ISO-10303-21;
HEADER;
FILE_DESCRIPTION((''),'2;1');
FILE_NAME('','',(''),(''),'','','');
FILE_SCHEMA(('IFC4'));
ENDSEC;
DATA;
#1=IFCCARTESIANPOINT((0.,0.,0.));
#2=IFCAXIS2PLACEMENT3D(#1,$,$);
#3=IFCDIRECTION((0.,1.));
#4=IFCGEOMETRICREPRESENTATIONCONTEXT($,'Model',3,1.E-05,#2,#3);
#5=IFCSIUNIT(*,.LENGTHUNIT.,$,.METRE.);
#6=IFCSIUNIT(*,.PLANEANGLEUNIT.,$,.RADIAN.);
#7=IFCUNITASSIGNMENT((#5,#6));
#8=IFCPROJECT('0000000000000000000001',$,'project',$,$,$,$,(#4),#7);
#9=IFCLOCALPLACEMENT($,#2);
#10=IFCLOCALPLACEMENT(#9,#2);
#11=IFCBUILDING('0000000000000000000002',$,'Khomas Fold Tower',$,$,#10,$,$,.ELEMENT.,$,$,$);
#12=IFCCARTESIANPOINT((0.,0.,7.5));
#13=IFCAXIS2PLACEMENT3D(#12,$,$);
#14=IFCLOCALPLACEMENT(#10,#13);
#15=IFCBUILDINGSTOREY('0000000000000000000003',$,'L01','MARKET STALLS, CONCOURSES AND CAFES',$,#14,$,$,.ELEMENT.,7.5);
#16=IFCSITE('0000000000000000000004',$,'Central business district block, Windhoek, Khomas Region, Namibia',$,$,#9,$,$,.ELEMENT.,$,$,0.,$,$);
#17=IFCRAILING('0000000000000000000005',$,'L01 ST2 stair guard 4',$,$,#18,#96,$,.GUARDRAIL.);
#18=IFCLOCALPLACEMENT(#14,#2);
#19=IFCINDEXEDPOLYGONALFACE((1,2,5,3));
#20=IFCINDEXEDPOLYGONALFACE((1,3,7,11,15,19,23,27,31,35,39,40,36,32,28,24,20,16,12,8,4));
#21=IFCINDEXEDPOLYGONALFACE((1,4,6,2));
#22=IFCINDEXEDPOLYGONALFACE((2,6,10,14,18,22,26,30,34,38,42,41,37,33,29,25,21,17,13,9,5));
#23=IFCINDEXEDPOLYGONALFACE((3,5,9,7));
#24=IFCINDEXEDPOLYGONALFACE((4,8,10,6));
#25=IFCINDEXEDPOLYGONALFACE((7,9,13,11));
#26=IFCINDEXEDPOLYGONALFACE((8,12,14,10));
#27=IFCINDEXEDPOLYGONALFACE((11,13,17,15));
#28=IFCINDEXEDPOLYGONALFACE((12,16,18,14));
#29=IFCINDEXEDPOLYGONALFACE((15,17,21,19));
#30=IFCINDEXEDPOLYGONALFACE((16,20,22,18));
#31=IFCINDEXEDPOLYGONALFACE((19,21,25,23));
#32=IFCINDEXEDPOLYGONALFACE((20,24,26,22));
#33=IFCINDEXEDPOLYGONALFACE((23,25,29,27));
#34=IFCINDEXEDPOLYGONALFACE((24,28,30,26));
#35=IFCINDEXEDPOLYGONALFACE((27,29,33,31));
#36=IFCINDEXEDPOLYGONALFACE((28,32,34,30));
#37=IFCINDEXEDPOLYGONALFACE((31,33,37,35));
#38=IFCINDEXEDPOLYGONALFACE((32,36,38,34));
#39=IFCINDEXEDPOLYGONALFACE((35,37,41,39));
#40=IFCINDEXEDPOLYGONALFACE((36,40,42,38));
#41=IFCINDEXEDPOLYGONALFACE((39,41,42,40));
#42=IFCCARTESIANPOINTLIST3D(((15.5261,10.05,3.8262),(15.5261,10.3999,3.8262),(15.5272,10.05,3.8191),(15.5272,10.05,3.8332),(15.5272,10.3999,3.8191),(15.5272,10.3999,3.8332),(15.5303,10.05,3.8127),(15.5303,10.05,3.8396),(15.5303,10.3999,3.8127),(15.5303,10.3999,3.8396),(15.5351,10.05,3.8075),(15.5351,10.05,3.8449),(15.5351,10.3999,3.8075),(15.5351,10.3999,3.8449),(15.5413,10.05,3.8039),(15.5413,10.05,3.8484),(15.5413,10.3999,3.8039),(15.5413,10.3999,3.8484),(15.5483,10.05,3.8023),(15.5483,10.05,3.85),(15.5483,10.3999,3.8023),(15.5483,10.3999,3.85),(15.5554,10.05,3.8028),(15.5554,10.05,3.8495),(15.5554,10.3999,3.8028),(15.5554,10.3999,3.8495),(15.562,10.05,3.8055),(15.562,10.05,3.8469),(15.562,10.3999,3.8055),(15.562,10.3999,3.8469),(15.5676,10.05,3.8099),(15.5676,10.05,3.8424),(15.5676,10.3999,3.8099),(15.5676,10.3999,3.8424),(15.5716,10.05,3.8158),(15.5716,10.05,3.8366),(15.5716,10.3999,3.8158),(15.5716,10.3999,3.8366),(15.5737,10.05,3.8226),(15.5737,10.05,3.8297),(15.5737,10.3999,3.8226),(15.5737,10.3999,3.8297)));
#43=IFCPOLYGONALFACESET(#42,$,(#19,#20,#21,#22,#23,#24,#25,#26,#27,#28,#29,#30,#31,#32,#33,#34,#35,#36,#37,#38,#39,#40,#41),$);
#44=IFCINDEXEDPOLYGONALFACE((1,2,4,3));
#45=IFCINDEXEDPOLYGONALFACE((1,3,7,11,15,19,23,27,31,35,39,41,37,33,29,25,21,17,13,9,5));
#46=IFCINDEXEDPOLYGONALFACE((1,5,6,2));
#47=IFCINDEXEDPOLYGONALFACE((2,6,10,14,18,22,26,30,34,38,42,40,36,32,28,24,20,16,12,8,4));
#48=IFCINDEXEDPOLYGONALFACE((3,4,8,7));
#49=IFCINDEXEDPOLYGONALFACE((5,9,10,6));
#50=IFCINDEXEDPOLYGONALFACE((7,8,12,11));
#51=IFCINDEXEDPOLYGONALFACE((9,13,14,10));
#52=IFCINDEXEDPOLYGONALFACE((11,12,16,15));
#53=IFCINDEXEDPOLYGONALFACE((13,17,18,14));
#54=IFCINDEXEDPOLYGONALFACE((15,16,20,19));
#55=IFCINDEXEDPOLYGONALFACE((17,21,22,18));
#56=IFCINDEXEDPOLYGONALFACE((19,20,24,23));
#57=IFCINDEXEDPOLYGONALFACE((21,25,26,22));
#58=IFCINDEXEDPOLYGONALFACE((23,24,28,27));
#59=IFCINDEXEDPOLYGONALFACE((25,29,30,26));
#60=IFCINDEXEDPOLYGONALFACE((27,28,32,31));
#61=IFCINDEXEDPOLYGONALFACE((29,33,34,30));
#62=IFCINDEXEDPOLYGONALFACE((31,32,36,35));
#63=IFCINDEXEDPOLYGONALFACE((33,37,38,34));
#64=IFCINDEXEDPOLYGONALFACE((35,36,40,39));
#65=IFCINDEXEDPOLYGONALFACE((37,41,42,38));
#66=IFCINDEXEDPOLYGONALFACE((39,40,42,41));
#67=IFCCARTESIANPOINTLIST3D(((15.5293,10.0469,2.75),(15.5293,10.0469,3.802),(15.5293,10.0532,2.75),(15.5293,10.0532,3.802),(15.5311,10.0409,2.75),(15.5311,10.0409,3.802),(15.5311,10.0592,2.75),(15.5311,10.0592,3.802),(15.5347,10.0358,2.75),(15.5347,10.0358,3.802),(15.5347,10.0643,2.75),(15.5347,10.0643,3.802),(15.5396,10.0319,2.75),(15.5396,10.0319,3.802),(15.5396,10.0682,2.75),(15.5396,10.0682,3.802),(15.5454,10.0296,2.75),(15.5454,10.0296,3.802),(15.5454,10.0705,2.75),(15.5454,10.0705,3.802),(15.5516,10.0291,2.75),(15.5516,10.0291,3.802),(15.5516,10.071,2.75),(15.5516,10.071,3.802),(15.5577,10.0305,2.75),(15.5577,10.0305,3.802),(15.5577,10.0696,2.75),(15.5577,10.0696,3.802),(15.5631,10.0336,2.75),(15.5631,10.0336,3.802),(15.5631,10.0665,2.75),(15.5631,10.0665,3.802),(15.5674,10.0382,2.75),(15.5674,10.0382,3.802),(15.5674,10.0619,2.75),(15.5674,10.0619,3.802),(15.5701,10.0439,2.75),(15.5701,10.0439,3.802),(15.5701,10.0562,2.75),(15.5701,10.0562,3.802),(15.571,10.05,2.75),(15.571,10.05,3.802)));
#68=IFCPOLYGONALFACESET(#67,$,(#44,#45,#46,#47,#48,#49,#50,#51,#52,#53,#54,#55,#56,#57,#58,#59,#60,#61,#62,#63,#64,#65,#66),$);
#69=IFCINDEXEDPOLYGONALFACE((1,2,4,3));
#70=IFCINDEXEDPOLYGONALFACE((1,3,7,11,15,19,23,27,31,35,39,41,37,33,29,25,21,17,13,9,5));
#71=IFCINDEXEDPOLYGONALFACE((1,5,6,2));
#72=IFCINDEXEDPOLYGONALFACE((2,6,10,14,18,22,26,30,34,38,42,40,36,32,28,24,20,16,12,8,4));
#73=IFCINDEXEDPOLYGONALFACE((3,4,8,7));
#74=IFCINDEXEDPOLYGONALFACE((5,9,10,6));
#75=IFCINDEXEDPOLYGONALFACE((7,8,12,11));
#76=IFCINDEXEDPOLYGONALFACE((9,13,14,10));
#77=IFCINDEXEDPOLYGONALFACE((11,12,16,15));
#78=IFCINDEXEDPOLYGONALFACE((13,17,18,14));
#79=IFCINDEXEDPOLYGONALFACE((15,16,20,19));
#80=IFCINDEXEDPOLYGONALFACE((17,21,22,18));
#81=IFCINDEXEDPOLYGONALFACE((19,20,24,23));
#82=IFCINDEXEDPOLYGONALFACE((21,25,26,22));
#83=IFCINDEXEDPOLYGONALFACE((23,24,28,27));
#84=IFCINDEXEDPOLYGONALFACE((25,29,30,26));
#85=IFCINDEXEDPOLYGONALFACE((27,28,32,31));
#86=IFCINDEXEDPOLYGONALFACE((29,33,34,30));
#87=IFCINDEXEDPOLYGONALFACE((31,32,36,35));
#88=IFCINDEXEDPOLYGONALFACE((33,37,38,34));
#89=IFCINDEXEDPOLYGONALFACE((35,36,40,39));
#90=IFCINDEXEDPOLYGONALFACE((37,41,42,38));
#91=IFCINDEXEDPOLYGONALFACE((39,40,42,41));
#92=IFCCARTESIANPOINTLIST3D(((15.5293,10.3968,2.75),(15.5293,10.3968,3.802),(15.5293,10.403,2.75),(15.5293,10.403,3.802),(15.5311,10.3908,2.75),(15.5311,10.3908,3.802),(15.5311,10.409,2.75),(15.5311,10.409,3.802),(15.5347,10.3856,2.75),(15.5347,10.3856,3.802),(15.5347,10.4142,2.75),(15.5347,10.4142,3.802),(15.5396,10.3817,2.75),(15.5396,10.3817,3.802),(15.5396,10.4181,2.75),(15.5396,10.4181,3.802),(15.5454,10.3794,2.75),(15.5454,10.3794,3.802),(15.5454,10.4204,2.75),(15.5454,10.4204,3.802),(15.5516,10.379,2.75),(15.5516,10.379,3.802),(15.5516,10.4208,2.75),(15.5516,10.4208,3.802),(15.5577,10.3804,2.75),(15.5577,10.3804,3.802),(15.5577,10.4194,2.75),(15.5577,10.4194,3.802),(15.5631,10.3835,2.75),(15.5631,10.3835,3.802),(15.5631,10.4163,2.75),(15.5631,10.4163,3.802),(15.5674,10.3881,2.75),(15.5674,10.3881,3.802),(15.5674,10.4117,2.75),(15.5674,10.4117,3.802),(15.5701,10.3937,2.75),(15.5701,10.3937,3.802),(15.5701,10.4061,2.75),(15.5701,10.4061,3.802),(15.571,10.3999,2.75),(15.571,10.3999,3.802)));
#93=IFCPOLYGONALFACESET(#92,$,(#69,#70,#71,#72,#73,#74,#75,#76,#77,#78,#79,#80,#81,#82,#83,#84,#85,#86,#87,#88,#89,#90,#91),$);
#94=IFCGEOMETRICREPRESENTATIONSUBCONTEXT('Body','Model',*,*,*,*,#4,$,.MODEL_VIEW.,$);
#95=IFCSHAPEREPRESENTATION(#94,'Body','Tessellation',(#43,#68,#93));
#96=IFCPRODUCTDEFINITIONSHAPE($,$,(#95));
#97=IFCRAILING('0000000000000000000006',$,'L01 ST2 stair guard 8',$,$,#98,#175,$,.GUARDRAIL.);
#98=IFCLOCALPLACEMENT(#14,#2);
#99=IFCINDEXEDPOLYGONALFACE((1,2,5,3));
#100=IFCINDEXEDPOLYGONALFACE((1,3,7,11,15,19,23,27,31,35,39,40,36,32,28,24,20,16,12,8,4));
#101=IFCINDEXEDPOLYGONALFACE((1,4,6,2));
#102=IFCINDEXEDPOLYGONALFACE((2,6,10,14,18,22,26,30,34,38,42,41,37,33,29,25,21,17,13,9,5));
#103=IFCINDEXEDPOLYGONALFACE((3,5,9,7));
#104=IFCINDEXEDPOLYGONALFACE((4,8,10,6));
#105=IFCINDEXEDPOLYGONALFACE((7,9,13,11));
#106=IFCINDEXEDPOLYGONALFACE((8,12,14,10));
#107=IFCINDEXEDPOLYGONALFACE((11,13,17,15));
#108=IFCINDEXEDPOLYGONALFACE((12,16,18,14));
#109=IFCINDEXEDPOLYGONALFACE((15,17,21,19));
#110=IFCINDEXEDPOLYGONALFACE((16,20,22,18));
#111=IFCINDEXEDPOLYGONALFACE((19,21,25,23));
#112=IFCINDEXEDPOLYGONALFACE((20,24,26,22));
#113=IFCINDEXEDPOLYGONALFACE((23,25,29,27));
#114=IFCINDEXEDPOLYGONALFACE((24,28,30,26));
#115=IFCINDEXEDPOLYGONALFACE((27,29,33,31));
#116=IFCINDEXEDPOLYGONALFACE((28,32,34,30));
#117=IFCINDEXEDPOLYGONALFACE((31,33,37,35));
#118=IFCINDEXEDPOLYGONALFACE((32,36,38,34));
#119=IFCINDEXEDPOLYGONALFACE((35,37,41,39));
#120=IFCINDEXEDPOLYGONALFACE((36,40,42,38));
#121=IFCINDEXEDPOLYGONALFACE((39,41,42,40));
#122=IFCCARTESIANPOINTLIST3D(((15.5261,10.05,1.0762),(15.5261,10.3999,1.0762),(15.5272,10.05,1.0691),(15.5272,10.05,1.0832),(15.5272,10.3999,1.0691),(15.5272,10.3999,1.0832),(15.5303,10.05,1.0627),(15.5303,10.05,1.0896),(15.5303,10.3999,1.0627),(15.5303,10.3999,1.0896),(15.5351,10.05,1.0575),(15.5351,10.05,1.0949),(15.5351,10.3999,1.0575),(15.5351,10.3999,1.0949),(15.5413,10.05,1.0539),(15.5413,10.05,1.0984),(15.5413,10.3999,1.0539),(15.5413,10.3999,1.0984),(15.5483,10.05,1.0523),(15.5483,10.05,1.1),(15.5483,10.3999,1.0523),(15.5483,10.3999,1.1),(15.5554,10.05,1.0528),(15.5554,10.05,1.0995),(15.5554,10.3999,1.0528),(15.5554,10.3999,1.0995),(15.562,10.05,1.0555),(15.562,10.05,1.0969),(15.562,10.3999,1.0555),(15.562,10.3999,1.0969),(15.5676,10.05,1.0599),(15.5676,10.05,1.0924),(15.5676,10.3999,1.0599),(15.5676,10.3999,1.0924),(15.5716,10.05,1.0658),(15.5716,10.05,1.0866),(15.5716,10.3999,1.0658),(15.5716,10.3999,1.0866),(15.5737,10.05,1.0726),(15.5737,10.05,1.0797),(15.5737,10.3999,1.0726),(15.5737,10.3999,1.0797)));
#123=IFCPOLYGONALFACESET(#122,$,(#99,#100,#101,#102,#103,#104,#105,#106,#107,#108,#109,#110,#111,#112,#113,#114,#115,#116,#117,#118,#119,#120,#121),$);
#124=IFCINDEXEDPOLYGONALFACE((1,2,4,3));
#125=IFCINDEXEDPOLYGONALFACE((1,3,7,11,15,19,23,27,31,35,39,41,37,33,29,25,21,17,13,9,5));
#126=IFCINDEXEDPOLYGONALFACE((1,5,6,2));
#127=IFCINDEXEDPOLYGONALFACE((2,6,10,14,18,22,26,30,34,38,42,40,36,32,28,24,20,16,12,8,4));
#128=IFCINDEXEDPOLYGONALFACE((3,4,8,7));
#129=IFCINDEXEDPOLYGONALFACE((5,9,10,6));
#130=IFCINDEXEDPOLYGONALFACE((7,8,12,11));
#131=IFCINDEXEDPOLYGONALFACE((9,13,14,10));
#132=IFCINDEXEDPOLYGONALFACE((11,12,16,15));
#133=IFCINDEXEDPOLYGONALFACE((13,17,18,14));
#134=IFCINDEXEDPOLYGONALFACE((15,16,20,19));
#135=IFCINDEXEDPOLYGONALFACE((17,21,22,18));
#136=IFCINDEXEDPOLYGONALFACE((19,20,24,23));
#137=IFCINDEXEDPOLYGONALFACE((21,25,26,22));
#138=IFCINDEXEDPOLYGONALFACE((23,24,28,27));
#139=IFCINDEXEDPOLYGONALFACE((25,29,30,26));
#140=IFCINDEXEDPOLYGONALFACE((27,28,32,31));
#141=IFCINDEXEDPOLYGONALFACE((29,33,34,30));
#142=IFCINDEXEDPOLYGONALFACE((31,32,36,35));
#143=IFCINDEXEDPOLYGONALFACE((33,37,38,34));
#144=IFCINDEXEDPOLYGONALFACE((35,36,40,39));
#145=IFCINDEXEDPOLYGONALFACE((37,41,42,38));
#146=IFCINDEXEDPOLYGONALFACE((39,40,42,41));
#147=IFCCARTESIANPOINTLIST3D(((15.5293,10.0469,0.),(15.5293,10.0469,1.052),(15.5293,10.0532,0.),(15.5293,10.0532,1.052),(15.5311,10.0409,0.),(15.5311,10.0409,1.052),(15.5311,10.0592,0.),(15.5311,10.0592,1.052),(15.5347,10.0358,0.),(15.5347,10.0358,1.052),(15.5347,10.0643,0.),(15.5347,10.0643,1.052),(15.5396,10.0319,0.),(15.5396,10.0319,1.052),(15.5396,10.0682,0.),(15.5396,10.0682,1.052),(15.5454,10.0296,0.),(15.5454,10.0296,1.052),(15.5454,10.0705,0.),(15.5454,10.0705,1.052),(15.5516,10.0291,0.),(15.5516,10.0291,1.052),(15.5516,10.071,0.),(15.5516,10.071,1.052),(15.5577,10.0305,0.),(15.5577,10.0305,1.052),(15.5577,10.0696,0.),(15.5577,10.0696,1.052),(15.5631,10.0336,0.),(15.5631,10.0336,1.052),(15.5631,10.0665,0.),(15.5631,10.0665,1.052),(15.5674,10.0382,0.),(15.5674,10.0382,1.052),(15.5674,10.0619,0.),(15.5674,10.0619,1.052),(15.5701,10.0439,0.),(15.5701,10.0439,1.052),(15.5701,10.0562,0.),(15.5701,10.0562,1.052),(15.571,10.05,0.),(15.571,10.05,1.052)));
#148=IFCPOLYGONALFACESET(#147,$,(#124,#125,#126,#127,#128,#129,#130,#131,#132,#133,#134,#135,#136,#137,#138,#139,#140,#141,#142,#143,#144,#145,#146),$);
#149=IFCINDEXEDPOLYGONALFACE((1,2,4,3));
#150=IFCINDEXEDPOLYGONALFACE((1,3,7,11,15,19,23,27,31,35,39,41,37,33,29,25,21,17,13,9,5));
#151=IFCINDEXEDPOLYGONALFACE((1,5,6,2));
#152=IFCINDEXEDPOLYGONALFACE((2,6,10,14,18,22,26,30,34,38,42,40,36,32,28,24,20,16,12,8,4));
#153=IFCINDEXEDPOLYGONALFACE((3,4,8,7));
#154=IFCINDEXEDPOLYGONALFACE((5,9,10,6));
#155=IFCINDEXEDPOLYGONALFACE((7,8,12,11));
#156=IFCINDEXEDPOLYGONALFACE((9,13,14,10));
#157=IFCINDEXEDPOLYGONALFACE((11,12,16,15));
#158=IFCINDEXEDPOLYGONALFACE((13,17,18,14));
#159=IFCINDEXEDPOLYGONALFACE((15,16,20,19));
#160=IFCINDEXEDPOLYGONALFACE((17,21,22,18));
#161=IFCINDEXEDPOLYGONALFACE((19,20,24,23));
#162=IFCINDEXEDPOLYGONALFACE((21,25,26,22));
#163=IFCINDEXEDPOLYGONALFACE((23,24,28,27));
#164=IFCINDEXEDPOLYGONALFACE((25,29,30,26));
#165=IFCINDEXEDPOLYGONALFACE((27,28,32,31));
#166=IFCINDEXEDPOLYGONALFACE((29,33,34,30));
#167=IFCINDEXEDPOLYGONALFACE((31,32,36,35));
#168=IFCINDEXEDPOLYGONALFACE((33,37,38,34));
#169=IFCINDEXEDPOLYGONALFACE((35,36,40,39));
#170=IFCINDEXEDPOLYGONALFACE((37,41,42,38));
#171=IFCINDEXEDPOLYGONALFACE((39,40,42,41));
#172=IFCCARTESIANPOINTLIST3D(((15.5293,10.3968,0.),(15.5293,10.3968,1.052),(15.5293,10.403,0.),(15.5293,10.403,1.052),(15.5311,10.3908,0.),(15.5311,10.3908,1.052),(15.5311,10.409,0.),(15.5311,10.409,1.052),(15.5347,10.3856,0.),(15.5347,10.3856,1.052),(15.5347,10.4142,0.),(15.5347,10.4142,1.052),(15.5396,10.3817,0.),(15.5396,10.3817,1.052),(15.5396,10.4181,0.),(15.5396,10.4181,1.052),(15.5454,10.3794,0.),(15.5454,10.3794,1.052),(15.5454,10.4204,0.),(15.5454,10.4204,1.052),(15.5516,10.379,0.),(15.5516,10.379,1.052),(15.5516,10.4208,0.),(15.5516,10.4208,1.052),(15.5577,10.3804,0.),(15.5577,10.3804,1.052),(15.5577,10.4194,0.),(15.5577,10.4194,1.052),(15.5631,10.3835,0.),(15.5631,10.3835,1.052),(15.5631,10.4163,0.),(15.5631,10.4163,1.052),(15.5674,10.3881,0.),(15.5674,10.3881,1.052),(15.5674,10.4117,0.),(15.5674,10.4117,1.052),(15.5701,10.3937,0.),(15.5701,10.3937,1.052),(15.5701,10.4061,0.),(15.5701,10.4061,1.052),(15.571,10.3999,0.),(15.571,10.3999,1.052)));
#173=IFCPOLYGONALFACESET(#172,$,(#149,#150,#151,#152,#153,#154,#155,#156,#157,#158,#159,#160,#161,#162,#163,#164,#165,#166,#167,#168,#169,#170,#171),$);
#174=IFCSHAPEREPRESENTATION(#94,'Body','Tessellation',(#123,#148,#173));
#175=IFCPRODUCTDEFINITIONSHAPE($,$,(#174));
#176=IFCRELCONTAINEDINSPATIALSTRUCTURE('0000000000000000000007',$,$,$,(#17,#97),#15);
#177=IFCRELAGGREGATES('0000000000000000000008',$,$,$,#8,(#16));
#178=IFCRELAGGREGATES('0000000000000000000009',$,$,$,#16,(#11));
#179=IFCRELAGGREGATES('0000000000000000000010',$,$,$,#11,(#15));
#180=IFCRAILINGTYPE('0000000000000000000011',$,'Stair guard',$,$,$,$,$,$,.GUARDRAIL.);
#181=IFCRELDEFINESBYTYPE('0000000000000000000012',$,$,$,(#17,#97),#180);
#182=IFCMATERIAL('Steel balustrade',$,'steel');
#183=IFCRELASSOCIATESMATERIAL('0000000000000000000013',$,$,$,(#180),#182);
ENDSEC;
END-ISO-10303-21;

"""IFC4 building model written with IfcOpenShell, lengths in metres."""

from ifc_helpers import new_model, si_unit, direction, frame, origin, origin_2d, place, context, subcontext, project, spatial, circle, extrude, source, transform, mapped, material, type_object, element, save


model = new_model("IFC4")

# Units and contexts
model_context = context("Model", 3, precision=1e-05, world=origin(), true_north=direction((0.0, 1.0)))
body_context = subcontext(model_context, "Body", "Model", "MODEL_VIEW")
ifc_project = project(units=[si_unit("LENGTHUNIT", "METRE"), si_unit("PLANEANGLEUNIT", "RADIAN")], contexts=[model_context])

# Site, building, storey
site_placement = place(None, origin())
site = spatial("IfcSite", under=ifc_project, at=site_placement, Name="Central business district block, Windhoek, Khomas Region, Namibia", CompositionType="ELEMENT", RefElevation=0.0)
building_placement = place(site_placement, origin())
building = spatial("IfcBuilding", under=site, at=building_placement, Name="Khomas Fold Tower", CompositionType="ELEMENT")
storey_placement = place(building_placement, frame((0.0, 0.0, 7.5)))
storey = spatial("IfcBuildingStorey", under=building, at=storey_placement, Name="L01", Description="MARKET STALLS, CONCOURSES AND CAFES", CompositionType="ELEMENT", Elevation=7.5)

# Railings
ifc_material_1 = material(Name="Steel balustrade", Category="steel")
railing_type_1 = type_object("IfcRailingType", Name="Stair guard", PredefinedType="GUARDRAIL", material=ifc_material_1)
shared_shape_1 = source(origin(), body_context, "Body", "SweptSolid", [
    extrude(circle(Radius=0.0239, at=origin_2d()), frame((0.0, 0.0, 1.0762), z_axis=(0.0, 1.0, 0.0), x_axis=(-1.0, 0.0, 0.0)), (0.0, 0.0, 1.0), 0.3499),
    extrude(circle(Radius=0.021, at=origin_2d()), origin(), (0.0, 0.0, 1.0), 1.052),
    extrude(circle(Radius=0.021, at=origin_2d()), frame((0.0, 0.3499, 0.0)), (0.0, 0.0, 1.0), 1.052),
])
for number, where, name in (
    (1, (15.55, 10.05, 2.75), "L01 ST2 stair guard 4"),
    (2, (15.55, 10.05, 0.0), "L01 ST2 stair guard 8"),
):
    element("IfcRailing", number, at=place(storey_placement, frame(where)), inside=storey, type_object=railing_type_1, Name=name, PredefinedType="GUARDRAIL", context=body_context, shape_type="MappedRepresentation", body=[
        mapped(shared_shape_1, transform((0.0, 0.0, 0.0))),
    ])

save(model, "model.ifc")
